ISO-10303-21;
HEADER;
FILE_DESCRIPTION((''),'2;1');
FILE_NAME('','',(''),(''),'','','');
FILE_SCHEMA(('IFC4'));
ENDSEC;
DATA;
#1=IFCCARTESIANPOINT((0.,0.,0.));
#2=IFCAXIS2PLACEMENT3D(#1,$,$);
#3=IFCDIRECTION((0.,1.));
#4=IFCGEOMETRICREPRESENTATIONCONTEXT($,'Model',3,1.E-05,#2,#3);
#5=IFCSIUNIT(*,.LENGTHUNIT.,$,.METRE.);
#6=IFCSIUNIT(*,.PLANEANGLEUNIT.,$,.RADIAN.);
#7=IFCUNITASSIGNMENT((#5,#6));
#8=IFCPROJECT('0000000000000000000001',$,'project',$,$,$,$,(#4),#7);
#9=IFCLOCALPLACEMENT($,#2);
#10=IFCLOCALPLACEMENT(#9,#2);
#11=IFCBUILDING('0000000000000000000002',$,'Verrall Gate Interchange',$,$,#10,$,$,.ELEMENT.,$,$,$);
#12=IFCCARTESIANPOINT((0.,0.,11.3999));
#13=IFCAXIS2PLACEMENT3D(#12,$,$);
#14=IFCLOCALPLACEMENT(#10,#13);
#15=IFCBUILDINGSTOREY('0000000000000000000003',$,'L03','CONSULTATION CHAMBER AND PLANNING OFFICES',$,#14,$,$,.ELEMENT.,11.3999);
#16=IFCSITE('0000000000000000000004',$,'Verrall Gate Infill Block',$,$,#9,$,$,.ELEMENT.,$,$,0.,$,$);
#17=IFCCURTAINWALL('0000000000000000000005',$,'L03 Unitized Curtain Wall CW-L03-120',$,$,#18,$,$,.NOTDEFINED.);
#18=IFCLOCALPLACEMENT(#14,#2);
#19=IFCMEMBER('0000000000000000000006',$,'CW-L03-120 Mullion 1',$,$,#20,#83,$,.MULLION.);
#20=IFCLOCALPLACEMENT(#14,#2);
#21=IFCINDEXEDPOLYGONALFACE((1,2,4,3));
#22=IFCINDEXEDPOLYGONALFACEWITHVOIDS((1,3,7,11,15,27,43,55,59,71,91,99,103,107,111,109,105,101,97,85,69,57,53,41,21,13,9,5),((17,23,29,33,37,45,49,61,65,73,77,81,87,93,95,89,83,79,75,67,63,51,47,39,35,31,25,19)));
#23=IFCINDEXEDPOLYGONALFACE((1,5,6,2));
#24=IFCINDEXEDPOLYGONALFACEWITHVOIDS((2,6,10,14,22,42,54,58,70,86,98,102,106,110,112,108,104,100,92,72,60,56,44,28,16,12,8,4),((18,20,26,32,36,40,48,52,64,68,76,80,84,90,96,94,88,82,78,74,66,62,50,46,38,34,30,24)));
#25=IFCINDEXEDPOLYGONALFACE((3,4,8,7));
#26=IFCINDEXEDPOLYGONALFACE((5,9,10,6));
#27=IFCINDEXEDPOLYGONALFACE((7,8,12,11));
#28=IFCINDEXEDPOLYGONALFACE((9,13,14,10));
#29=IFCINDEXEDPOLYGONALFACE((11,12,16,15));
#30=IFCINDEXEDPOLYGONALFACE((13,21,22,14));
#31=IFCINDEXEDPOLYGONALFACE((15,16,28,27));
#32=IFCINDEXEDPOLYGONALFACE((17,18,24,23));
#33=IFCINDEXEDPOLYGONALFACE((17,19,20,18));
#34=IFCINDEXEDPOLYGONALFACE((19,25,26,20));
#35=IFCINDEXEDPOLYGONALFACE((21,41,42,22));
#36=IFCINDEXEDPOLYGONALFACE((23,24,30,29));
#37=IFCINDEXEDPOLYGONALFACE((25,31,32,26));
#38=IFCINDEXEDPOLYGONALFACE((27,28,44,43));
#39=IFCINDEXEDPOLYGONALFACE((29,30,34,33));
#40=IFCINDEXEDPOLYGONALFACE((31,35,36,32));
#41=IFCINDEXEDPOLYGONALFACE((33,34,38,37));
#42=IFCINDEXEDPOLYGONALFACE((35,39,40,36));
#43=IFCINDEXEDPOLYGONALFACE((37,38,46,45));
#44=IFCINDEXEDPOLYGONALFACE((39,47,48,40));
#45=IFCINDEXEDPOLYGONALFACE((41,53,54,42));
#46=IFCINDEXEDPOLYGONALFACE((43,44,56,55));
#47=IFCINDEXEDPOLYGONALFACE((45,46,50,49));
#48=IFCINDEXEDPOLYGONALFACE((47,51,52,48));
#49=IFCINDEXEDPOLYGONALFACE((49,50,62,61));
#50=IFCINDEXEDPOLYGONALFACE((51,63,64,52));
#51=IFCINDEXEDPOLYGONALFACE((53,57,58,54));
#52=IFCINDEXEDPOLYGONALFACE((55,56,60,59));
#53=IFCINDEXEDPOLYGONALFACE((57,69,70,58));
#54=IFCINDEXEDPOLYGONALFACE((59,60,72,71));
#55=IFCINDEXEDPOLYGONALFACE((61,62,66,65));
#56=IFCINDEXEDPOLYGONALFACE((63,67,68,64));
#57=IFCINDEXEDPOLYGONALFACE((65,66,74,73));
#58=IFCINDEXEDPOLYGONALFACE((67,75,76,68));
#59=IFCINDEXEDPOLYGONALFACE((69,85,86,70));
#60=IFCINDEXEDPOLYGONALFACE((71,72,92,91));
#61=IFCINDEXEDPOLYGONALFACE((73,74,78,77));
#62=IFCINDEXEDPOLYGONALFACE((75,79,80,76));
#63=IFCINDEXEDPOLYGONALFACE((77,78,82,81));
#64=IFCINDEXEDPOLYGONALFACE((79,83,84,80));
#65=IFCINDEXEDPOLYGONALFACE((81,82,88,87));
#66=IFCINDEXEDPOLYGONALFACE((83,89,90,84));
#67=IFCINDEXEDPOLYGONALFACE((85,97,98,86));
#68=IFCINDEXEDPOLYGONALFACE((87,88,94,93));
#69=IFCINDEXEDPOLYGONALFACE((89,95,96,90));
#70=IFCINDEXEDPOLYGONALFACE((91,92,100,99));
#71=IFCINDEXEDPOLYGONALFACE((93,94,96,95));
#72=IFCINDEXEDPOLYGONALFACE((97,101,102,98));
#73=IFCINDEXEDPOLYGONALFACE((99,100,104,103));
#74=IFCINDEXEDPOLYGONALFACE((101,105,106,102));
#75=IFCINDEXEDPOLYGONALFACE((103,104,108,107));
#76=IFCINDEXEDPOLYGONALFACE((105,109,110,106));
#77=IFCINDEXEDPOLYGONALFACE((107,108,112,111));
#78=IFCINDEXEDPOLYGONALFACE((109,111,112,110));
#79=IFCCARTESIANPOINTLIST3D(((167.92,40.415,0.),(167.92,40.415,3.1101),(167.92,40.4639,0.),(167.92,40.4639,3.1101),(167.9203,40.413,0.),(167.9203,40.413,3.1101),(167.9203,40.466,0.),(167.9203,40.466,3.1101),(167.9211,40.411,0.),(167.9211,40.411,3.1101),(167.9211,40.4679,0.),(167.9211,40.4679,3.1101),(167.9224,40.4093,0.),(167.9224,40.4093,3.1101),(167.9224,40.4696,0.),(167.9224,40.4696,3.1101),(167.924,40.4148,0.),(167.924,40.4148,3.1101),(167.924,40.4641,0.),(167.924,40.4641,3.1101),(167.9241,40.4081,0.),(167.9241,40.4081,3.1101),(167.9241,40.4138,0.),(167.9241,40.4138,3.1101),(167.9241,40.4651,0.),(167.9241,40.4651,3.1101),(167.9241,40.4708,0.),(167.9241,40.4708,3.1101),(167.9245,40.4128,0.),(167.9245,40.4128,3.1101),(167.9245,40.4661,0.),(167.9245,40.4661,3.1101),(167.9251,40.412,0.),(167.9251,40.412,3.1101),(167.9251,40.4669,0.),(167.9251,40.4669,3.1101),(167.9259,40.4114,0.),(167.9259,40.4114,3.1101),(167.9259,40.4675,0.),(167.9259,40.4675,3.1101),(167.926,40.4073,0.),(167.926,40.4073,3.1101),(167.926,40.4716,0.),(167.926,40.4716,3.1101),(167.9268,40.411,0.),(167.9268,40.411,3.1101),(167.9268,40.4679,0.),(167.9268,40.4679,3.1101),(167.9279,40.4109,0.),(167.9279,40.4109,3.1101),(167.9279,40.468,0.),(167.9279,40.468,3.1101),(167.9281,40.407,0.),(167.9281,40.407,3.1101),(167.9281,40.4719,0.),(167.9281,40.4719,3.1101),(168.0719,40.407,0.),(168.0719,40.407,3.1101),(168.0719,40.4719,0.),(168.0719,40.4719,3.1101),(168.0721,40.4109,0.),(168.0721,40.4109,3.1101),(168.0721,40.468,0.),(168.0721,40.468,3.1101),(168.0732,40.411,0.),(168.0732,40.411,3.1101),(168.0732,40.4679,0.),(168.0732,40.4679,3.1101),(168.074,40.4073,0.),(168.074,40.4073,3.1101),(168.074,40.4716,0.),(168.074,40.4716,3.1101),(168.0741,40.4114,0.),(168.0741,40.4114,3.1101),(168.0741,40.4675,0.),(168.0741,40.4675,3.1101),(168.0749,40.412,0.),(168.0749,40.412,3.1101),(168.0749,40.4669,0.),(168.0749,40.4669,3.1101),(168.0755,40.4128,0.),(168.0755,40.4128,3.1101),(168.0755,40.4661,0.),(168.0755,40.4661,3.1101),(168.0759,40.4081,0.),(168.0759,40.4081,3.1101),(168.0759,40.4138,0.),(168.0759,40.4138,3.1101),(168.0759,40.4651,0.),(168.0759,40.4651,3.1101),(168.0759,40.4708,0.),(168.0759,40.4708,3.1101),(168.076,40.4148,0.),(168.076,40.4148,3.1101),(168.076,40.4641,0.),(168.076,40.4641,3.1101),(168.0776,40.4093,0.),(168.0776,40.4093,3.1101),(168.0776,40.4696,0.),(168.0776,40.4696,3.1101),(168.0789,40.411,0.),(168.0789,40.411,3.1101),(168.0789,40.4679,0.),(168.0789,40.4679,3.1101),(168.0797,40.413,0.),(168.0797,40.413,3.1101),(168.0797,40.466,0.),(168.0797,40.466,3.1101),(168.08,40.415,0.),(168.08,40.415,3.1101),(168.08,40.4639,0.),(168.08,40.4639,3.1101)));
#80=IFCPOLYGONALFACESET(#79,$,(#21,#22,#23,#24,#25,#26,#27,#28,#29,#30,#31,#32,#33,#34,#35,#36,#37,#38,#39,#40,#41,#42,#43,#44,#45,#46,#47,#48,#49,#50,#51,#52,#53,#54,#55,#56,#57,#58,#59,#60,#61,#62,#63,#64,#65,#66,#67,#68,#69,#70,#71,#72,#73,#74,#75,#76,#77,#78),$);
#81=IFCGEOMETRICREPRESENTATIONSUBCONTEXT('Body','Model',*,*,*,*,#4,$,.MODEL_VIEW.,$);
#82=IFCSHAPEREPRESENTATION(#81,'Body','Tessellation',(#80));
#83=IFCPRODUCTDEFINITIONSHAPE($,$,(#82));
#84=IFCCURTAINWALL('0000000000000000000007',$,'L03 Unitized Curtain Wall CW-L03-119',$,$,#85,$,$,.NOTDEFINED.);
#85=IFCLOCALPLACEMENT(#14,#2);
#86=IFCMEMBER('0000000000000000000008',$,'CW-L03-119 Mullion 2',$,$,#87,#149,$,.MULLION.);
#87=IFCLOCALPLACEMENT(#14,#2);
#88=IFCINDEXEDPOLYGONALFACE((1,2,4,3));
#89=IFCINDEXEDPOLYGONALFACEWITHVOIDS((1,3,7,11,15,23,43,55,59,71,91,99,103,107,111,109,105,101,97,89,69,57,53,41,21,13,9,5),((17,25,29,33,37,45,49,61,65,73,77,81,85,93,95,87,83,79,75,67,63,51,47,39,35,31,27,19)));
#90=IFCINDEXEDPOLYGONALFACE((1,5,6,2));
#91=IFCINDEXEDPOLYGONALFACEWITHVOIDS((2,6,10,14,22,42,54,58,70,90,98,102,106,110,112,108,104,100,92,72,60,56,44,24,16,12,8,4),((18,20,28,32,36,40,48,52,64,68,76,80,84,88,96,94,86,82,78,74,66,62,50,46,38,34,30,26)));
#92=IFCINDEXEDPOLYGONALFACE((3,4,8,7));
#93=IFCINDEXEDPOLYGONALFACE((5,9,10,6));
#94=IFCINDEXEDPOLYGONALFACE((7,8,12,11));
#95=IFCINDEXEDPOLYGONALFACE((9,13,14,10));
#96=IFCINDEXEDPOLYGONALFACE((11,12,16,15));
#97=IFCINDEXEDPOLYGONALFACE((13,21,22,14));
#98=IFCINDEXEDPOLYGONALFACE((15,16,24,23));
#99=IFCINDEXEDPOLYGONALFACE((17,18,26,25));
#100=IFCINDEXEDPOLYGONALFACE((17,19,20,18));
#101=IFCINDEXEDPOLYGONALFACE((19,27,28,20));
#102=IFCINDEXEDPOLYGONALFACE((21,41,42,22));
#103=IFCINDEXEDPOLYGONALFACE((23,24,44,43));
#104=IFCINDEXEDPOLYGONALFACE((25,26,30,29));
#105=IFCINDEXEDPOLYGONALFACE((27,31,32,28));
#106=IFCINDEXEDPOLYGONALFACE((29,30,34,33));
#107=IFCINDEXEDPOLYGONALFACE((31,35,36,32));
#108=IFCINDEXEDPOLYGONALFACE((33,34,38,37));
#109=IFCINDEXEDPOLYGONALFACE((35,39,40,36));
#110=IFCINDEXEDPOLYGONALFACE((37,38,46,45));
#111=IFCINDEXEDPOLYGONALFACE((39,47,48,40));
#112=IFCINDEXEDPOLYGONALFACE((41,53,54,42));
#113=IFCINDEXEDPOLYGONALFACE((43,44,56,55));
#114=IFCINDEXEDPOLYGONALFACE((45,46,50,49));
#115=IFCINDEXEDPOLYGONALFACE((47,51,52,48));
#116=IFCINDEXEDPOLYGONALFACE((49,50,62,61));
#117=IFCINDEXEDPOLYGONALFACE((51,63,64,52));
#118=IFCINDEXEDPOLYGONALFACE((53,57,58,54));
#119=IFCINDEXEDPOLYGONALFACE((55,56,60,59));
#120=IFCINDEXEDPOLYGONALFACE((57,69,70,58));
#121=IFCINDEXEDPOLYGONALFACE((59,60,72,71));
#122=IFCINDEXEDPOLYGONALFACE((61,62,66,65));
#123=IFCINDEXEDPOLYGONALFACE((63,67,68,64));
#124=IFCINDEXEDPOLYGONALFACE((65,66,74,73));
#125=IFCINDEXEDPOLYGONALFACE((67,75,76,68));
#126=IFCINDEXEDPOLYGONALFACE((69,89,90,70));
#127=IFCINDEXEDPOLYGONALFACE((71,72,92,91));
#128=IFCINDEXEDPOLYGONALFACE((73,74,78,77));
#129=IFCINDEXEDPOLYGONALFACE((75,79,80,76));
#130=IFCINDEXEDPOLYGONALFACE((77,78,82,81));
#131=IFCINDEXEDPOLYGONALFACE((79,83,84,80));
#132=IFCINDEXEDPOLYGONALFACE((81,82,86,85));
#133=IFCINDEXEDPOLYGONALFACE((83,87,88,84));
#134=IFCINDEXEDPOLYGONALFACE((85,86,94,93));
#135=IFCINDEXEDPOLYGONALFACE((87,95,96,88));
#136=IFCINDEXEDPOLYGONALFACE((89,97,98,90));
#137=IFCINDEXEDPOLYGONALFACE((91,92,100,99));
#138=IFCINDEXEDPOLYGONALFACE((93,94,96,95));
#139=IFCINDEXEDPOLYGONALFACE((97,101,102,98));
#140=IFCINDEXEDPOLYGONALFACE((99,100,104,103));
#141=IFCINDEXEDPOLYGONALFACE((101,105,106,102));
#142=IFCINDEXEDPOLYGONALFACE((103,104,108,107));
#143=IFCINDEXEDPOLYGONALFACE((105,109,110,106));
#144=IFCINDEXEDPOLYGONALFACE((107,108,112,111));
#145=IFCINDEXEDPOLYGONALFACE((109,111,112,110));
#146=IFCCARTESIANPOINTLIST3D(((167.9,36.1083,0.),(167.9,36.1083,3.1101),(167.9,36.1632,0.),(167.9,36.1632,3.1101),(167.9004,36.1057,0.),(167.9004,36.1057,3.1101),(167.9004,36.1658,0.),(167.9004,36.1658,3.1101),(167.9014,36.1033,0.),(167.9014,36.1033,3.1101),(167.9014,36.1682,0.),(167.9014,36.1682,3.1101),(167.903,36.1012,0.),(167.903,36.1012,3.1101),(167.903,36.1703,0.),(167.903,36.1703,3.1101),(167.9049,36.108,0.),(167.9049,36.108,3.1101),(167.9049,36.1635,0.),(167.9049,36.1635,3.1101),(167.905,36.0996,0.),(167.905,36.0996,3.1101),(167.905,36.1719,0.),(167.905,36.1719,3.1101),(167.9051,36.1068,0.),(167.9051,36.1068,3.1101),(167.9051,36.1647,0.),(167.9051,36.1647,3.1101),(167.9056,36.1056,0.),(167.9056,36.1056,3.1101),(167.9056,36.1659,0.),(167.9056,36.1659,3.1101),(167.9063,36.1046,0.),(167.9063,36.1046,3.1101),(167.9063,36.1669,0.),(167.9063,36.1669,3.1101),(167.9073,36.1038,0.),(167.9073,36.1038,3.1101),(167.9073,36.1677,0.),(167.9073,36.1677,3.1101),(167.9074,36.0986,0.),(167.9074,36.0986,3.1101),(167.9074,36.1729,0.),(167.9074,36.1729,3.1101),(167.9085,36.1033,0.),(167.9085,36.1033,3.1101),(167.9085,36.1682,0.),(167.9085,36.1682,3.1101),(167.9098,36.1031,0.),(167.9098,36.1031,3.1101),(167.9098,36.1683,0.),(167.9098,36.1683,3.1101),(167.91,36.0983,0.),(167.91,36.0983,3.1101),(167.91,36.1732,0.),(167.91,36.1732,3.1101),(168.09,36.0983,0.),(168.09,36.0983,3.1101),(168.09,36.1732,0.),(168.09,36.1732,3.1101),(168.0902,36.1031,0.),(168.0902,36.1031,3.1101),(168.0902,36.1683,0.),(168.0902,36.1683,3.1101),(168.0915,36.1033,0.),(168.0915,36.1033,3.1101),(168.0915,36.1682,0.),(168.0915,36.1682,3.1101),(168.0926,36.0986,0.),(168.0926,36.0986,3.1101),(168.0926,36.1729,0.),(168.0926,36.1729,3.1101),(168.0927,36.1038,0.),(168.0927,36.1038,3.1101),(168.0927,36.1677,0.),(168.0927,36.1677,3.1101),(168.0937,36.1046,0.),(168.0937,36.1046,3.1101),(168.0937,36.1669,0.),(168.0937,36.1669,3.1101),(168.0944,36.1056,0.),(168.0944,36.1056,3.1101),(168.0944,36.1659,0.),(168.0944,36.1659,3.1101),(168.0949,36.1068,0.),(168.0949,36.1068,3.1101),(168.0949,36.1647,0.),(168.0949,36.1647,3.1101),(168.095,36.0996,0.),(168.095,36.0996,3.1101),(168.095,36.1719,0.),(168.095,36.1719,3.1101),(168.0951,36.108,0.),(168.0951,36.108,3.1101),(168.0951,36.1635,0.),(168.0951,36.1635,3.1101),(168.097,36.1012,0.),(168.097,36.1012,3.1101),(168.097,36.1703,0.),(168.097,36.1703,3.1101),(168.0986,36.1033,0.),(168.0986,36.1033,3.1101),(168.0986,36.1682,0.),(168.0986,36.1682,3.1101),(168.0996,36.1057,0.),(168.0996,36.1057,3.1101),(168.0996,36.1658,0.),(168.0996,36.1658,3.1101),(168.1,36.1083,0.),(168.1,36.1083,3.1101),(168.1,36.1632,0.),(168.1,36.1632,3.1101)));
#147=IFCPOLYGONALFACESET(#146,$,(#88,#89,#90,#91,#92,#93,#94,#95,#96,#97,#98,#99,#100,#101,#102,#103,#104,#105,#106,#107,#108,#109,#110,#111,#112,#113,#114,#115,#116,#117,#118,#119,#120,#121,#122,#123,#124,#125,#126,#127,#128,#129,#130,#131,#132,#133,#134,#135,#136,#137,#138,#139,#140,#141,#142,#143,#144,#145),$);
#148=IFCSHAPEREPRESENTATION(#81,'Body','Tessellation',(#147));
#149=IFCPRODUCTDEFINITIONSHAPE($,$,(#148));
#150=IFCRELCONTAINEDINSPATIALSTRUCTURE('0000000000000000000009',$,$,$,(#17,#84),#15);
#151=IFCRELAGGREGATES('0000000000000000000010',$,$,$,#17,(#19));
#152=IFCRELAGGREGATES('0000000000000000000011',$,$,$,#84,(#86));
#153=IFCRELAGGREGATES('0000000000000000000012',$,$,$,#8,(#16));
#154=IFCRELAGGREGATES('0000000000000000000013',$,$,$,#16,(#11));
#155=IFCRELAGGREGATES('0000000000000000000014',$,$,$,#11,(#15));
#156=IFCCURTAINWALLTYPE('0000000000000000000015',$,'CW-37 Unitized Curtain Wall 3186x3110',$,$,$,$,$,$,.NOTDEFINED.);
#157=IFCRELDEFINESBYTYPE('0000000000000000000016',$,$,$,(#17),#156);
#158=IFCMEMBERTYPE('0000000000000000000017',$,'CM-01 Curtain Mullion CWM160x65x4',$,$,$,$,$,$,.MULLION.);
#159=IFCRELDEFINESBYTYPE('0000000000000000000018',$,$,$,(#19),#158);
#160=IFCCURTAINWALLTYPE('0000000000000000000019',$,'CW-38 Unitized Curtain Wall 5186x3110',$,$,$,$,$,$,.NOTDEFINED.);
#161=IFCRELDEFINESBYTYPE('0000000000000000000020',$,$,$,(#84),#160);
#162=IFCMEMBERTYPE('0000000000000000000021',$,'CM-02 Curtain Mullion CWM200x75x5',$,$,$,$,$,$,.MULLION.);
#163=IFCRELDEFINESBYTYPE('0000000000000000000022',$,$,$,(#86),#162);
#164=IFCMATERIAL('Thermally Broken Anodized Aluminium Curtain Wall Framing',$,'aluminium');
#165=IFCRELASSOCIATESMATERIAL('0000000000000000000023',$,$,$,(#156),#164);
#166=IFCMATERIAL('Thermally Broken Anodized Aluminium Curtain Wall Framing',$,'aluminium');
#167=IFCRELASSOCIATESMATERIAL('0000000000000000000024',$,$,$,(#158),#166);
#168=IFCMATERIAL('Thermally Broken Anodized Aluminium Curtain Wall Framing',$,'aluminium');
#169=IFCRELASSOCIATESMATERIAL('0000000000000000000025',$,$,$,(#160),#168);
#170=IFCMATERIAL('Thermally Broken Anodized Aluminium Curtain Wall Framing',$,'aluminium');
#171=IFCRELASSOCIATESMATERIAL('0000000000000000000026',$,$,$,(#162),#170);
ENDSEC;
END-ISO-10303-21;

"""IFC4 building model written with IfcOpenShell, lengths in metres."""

from ifc_helpers import new_model, si_unit, direction, frame, origin, origin_2d, place, context, subcontext, project, spatial, hollow_rectangle, extrude, material, material_profile, profile_set, type_object, element, aggregate, save


model = new_model("IFC4")

# Units and contexts
model_context = context("Model", 3, precision=1e-05, world=origin(), true_north=direction((0.0, 1.0)))
body_context = subcontext(model_context, "Body", "Model", "MODEL_VIEW")
ifc_project = project(units=[si_unit("LENGTHUNIT", "METRE"), si_unit("PLANEANGLEUNIT", "RADIAN")], contexts=[model_context])

# Site, building, storey
site_placement = place(None, origin())
site = spatial("IfcSite", under=ifc_project, at=site_placement, Name="Verrall Gate Infill Block", CompositionType="ELEMENT", RefElevation=0.0)
building_placement = place(site_placement, origin())
building = spatial("IfcBuilding", under=site, at=building_placement, Name="Verrall Gate Interchange", CompositionType="ELEMENT")
storey_placement = place(building_placement, frame((0.0, 0.0, 11.3999)))
storey = spatial("IfcBuildingStorey", under=building, at=storey_placement, Name="L03", Description="CONSULTATION CHAMBER AND PLANNING OFFICES", CompositionType="ELEMENT", Elevation=11.3999)

# Curtain wall, member
ifc_material_1 = material(Name="Thermally Broken Anodized Aluminium Curtain Wall Framing", Category="aluminium")
curtain_wall_type_1 = type_object("IfcCurtainWallType", Name="CW-37 Unitized Curtain Wall 3186x3110", PredefinedType="NOTDEFINED", material=ifc_material_1)
curtain_wall_1_placement = place(storey_placement, origin())
curtain_wall_1 = element("IfcCurtainWall", 1, at=curtain_wall_1_placement, inside=storey, type_object=curtain_wall_type_1, Name="L03 Unitized Curtain Wall CW-L03-120", PredefinedType="NOTDEFINED")
ifc_material_2 = material(Name="Thermally Broken Anodized Aluminium Curtain Wall Framing", Category="aluminium")
ifc_material_profile_1 = material_profile(ifc_material_2, hollow_rectangle(XDim=0.0649, YDim=0.1599, WallThickness=0.0039, InnerFilletRadius=0.0039, OuterFilletRadius=0.0081, at=origin_2d()), Name="CWM160x65x4")
ifc_profile_set_1 = profile_set([ifc_material_profile_1], Name="Thermally Broken Anodized Aluminium Curtain Wall Framing")
member_type_1 = type_object("IfcMemberType", Name="CM-01 Curtain Mullion CWM160x65x4", PredefinedType="MULLION", material=ifc_profile_set_1)
member_1_placement = place(storey_placement, frame((168.0, 40.4395, 0.0), z_axis=(0.0, 0.0, 1.0), x_axis=(0.0, 1.0, 0.0)))
member_1 = element("IfcMember", 2, at=member_1_placement, type_object=member_type_1, Name="CW-L03-120 Mullion 1", PredefinedType="MULLION", context=body_context, shape_type="SweptSolid", body=[
    extrude(hollow_rectangle(XDim=0.0649, YDim=0.1599, WallThickness=0.0039, InnerFilletRadius=0.0039, OuterFilletRadius=0.0081, at=origin_2d()), origin(), (0.0, 0.0, 1.0), 3.1101),
])

# Curtain wall, member
ifc_material_3 = material(Name="Thermally Broken Anodized Aluminium Curtain Wall Framing", Category="aluminium")
curtain_wall_type_2 = type_object("IfcCurtainWallType", Name="CW-38 Unitized Curtain Wall 5186x3110", PredefinedType="NOTDEFINED", material=ifc_material_3)
curtain_wall_2_placement = place(storey_placement, origin())
curtain_wall_2 = element("IfcCurtainWall", 3, at=curtain_wall_2_placement, inside=storey, type_object=curtain_wall_type_2, Name="L03 Unitized Curtain Wall CW-L03-119", PredefinedType="NOTDEFINED")
ifc_material_4 = material(Name="Thermally Broken Anodized Aluminium Curtain Wall Framing", Category="aluminium")
ifc_material_profile_2 = material_profile(ifc_material_4, hollow_rectangle(XDim=0.075, YDim=0.2, WallThickness=0.0049, InnerFilletRadius=0.0049, OuterFilletRadius=0.01, at=origin_2d()), Name="CWM200x75x5")
ifc_profile_set_2 = profile_set([ifc_material_profile_2], Name="Thermally Broken Anodized Aluminium Curtain Wall Framing")
member_type_2 = type_object("IfcMemberType", Name="CM-02 Curtain Mullion CWM200x75x5", PredefinedType="MULLION", material=ifc_profile_set_2)
member_2_placement = place(storey_placement, frame((168.0, 36.1357, 0.0), z_axis=(0.0, 0.0, 1.0), x_axis=(0.0, 1.0, 0.0)))
member_2 = element("IfcMember", 4, at=member_2_placement, type_object=member_type_2, Name="CW-L03-119 Mullion 2", PredefinedType="MULLION", context=body_context, shape_type="SweptSolid", body=[
    extrude(hollow_rectangle(XDim=0.075, YDim=0.2, WallThickness=0.0049, InnerFilletRadius=0.0049, OuterFilletRadius=0.01, at=origin_2d()), origin(), (0.0, 0.0, 1.0), 3.1101),
])

aggregate(curtain_wall_1, [member_1])
aggregate(curtain_wall_2, [member_2])

save(model, "model.ifc")
